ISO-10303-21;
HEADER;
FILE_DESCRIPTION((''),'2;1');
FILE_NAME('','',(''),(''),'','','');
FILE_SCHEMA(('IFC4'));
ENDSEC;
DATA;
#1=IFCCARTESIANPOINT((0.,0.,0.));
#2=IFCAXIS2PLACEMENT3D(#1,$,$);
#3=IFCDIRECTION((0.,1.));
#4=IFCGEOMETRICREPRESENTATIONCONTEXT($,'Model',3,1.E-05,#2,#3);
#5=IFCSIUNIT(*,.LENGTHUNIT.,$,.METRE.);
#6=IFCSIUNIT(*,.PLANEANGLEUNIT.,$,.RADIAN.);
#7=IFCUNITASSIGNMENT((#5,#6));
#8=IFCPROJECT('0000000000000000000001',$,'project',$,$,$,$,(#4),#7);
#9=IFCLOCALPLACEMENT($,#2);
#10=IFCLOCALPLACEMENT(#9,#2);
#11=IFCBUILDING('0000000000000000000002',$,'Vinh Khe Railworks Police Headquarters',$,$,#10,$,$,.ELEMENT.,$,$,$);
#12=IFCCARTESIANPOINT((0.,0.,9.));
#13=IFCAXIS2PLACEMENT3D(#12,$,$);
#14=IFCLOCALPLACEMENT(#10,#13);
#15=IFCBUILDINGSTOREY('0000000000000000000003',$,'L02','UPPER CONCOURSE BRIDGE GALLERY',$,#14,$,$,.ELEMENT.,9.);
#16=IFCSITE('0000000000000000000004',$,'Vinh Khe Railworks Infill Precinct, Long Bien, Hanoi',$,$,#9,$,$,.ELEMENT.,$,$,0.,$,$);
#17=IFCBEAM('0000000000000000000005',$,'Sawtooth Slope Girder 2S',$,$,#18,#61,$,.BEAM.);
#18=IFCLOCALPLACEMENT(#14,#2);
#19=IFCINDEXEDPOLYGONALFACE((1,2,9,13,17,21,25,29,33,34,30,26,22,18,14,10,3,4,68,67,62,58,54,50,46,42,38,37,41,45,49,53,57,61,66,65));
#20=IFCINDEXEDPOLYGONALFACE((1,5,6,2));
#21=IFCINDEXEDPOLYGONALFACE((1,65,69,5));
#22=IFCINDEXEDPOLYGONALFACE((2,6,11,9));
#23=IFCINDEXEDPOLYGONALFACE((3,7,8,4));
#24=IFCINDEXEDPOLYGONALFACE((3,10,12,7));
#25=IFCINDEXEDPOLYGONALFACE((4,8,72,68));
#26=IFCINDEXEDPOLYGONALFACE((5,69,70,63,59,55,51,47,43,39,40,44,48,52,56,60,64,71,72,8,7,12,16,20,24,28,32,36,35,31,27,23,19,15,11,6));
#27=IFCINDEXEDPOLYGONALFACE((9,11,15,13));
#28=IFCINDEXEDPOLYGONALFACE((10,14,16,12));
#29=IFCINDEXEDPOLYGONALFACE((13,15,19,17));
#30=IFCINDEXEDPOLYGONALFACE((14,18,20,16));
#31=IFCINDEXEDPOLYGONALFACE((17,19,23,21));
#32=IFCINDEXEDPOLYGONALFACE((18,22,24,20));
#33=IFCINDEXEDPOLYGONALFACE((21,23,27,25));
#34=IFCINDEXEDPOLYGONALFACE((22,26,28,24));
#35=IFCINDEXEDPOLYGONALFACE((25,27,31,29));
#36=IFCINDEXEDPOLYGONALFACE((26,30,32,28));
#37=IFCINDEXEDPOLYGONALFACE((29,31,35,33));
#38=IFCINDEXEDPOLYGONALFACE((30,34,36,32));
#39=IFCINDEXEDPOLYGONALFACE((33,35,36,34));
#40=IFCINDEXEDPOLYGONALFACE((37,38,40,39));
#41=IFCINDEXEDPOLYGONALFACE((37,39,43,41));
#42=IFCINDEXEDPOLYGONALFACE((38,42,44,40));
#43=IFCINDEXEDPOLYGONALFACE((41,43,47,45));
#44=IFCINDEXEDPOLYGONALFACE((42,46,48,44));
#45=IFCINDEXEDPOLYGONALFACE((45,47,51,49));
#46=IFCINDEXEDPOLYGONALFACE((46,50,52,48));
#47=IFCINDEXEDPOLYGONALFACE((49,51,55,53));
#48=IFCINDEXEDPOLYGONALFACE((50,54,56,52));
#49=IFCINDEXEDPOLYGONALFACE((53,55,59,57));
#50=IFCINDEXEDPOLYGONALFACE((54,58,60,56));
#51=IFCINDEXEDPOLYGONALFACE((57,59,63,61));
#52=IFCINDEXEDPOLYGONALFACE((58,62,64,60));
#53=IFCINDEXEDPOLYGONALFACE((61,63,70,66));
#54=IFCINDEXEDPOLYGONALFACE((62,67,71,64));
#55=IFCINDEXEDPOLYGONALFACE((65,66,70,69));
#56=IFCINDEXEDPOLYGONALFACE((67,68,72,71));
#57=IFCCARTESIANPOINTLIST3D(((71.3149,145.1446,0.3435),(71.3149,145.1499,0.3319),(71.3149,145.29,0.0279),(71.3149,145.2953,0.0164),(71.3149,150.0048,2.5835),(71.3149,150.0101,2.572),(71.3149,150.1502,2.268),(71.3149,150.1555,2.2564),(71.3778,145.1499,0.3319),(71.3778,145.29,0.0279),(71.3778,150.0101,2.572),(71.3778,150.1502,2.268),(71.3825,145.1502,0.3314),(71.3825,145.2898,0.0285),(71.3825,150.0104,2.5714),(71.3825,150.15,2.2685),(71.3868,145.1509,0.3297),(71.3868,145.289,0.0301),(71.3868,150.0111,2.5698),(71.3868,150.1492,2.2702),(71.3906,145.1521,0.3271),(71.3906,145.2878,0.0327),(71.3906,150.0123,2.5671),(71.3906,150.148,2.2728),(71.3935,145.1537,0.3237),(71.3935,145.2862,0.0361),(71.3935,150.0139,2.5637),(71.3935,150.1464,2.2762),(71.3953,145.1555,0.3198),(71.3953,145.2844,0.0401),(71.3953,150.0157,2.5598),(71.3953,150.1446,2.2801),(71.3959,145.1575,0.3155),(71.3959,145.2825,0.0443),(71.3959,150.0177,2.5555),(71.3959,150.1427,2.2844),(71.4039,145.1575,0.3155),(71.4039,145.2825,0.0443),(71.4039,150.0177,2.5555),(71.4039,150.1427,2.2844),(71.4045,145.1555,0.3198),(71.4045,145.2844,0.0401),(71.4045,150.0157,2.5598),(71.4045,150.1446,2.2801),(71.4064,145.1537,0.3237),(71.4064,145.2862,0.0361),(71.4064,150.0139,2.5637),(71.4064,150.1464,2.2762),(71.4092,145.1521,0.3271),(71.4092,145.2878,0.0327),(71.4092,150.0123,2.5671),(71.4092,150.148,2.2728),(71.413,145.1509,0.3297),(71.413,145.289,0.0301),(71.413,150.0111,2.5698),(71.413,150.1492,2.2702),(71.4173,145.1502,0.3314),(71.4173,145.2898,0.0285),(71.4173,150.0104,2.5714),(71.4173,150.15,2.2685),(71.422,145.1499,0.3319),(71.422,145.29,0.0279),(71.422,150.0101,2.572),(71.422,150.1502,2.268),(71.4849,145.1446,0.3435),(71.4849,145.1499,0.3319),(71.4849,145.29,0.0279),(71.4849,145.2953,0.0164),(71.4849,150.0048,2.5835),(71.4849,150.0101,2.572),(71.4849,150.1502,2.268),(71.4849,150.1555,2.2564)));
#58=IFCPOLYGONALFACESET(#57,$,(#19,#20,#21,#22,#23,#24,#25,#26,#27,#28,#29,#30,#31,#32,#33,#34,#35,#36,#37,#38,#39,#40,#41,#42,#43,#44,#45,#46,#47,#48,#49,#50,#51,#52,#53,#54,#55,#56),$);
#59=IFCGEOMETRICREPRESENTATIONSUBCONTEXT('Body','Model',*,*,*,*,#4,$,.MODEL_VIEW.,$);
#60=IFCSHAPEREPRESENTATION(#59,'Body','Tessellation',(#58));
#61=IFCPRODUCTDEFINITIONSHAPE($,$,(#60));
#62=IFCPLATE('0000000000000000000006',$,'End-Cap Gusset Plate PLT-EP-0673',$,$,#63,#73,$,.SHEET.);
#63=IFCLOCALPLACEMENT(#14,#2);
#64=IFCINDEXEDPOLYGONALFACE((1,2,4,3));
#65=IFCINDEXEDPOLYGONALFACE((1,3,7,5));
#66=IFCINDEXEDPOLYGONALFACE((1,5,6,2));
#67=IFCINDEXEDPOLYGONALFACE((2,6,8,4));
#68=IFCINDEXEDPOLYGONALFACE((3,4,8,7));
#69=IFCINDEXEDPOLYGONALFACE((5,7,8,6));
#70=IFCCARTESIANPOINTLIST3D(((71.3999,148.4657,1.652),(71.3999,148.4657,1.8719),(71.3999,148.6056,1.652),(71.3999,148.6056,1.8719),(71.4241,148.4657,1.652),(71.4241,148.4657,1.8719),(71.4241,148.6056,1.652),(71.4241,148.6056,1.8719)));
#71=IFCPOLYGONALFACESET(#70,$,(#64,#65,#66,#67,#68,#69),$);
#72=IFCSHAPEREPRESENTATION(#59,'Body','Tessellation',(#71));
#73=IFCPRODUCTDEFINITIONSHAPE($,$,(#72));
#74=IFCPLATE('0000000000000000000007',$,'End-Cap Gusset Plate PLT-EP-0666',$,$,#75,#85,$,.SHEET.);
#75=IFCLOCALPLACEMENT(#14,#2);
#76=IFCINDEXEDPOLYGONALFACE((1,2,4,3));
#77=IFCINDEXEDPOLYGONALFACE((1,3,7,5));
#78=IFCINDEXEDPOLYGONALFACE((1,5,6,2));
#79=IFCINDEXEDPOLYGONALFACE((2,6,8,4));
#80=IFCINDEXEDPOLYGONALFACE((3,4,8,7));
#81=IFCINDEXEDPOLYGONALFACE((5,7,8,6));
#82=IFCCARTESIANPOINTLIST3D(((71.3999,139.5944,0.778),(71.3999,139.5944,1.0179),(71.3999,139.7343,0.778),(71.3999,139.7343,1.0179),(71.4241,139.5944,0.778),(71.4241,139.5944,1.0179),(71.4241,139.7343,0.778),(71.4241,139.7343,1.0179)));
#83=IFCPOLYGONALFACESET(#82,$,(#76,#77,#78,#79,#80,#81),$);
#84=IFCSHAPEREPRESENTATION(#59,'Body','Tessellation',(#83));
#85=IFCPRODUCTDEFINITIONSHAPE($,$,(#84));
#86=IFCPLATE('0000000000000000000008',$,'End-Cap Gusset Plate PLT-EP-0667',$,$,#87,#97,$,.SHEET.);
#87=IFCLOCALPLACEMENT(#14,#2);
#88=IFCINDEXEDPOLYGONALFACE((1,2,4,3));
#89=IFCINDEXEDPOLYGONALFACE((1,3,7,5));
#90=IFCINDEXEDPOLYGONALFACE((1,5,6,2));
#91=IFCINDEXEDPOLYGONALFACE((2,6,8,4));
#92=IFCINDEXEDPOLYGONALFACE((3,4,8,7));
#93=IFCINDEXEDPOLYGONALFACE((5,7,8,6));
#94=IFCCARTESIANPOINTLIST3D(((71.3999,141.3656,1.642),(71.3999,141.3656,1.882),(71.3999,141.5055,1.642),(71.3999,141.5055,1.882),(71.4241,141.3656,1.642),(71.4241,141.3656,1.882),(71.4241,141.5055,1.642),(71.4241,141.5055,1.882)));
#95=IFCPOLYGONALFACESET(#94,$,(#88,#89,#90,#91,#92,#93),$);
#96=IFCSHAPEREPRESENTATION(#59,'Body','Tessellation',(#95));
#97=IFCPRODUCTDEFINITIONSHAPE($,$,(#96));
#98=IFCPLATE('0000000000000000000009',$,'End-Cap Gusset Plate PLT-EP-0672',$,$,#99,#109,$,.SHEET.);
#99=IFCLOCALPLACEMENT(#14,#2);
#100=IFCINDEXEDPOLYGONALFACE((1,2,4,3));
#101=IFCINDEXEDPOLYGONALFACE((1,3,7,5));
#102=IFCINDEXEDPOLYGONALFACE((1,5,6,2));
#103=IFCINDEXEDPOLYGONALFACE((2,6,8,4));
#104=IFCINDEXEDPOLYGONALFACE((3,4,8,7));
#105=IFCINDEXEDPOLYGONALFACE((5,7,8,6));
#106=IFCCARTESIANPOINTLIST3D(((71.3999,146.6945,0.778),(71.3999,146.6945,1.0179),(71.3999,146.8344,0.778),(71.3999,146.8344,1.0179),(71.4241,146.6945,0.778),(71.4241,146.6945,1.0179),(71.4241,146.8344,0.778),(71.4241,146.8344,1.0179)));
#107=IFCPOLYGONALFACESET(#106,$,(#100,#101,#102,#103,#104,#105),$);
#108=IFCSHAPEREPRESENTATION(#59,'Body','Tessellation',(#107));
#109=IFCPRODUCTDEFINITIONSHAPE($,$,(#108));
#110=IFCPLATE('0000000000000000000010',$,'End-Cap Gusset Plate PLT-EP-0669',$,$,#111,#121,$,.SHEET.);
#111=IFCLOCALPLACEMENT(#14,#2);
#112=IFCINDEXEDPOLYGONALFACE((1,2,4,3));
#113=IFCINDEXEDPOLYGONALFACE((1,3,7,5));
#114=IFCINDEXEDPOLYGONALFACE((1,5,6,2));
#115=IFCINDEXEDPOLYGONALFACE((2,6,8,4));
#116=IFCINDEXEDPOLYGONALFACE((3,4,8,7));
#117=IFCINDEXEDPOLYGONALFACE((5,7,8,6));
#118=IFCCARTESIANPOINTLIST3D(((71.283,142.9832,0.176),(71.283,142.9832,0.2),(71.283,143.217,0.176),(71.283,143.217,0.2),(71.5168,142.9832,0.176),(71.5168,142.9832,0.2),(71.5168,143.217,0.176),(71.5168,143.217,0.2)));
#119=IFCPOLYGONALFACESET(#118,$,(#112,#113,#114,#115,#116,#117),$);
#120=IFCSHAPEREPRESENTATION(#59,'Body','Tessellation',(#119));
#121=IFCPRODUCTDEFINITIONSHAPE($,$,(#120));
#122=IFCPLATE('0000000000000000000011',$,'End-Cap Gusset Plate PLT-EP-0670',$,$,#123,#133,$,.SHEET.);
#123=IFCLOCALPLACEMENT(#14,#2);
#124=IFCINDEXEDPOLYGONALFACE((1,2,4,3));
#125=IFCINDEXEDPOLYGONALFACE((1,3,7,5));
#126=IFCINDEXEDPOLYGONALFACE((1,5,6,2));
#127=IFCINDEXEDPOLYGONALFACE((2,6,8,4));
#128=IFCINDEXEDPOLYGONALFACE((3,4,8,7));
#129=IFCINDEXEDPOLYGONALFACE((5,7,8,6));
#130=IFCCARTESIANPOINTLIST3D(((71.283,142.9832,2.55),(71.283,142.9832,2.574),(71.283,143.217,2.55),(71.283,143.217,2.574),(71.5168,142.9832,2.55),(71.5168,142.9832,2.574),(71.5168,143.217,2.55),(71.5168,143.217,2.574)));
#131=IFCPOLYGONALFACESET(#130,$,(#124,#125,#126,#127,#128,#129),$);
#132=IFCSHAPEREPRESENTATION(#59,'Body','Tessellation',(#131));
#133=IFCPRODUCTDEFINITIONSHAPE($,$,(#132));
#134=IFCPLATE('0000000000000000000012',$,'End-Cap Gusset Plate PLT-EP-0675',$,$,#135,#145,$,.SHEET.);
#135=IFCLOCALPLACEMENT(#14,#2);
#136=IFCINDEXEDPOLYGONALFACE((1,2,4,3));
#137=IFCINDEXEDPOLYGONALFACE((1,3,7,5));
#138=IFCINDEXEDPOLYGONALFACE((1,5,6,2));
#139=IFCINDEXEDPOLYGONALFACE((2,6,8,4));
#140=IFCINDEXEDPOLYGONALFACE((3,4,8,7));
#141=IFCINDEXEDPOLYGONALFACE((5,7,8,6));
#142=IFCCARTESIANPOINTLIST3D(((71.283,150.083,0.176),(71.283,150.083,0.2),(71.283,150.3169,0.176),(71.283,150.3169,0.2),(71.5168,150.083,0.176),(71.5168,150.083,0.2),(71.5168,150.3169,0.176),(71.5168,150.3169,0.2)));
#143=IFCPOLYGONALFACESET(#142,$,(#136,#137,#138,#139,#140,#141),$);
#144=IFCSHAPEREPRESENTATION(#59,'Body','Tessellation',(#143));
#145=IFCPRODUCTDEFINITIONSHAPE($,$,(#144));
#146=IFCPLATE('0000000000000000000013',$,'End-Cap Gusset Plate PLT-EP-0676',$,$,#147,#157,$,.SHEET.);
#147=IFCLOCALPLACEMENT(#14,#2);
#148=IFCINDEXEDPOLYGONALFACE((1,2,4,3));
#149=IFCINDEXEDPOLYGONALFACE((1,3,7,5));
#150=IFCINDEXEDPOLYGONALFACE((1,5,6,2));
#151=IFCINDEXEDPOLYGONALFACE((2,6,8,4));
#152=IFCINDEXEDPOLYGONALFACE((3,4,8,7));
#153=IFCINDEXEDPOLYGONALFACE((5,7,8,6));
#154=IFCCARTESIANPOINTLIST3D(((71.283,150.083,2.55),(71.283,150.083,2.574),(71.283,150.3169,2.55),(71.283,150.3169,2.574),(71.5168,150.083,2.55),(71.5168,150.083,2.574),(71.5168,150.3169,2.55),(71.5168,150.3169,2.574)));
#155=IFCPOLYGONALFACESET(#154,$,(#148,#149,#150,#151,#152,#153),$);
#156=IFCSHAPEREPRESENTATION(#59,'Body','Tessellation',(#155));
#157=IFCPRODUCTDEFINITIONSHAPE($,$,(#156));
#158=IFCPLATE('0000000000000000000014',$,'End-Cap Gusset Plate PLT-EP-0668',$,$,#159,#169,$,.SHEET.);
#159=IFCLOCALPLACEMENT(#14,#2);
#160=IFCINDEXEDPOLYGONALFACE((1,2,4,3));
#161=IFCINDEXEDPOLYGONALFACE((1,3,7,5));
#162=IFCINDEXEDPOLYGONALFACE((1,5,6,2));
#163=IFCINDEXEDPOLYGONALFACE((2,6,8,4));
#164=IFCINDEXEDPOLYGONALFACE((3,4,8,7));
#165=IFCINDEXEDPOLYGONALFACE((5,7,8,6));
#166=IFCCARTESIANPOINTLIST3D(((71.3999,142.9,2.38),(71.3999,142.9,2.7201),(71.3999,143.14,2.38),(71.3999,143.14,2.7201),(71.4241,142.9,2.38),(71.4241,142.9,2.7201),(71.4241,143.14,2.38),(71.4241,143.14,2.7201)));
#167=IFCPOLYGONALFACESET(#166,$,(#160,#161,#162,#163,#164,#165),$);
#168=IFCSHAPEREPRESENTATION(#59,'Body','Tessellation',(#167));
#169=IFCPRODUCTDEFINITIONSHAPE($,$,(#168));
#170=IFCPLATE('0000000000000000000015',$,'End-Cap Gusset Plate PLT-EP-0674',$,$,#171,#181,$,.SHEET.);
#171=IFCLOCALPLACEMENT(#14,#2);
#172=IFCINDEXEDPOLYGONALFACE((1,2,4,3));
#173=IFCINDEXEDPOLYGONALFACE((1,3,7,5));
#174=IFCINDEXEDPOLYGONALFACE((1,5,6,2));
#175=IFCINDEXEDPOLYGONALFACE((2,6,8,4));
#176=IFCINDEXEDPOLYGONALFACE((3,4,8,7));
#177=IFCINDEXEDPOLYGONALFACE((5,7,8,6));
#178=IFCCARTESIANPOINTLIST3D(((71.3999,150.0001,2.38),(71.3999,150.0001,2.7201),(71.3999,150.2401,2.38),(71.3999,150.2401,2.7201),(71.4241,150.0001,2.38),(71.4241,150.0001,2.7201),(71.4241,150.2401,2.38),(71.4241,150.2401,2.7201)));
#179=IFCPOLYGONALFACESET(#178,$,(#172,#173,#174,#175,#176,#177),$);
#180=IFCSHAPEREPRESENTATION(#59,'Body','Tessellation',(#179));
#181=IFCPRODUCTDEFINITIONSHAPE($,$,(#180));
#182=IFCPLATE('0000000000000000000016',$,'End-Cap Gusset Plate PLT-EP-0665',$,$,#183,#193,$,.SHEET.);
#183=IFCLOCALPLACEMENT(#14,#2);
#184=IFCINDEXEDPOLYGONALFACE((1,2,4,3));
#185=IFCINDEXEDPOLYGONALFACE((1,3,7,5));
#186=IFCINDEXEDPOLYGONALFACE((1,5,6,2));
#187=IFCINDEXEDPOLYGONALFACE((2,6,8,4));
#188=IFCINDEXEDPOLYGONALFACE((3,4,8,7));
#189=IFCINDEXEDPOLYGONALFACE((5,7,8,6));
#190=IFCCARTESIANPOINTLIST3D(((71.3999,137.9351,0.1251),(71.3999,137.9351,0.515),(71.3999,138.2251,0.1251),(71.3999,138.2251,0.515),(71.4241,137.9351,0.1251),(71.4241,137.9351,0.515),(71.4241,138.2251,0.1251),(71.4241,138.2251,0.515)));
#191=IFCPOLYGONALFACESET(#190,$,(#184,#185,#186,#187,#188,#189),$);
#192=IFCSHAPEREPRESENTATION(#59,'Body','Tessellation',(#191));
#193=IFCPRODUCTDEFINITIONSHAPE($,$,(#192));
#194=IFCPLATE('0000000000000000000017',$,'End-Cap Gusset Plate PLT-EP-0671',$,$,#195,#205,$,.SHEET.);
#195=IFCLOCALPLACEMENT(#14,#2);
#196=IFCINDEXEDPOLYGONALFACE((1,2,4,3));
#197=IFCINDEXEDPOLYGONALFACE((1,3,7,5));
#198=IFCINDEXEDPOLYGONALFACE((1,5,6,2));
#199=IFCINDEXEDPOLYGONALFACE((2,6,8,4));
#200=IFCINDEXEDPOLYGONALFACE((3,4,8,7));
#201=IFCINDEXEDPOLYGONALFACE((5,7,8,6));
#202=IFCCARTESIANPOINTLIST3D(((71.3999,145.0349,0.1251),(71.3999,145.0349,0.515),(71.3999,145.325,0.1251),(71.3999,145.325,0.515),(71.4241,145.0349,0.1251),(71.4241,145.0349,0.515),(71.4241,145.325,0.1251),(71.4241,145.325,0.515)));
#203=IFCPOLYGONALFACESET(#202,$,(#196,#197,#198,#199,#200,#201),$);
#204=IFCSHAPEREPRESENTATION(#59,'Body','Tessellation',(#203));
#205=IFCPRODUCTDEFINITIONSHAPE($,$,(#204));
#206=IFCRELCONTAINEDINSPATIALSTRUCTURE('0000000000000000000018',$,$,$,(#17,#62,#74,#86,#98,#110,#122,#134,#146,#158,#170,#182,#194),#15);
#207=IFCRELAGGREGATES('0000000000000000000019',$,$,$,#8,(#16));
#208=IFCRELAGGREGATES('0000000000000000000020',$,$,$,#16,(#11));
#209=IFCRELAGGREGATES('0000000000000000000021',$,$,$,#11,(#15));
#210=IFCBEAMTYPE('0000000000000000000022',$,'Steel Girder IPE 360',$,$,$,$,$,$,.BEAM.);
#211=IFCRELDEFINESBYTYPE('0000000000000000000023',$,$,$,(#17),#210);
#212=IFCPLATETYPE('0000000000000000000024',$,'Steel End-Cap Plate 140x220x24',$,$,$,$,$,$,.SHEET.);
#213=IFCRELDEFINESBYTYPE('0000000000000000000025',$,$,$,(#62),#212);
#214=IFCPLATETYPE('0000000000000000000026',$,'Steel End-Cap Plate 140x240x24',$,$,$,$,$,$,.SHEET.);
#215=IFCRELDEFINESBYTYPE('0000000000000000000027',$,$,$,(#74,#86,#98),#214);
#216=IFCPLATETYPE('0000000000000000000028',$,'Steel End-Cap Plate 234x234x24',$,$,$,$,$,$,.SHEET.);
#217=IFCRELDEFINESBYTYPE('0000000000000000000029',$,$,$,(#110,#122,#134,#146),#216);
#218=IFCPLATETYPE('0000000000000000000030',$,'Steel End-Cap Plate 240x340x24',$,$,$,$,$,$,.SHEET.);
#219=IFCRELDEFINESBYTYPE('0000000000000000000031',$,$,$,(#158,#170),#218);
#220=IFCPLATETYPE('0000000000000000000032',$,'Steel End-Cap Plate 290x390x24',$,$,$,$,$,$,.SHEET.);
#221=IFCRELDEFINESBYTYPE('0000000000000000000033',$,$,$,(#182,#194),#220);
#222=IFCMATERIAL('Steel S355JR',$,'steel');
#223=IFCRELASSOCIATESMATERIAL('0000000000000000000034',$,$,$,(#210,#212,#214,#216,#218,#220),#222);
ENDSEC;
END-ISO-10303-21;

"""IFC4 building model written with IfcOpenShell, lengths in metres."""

from ifc_helpers import new_model, si_unit, direction, frame, origin, origin_2d, place, context, subcontext, project, spatial, rectangle, i_section, extrude, material, material_profile, profile_set, type_object, element, save


model = new_model("IFC4")

# Units and contexts
model_context = context("Model", 3, precision=1e-05, world=origin(), true_north=direction((0.0, 1.0)))
body_context = subcontext(model_context, "Body", "Model", "MODEL_VIEW")
ifc_project = project(units=[si_unit("LENGTHUNIT", "METRE"), si_unit("PLANEANGLEUNIT", "RADIAN")], contexts=[model_context])

# Site, building, storey
site_placement = place(None, origin())
site = spatial("IfcSite", under=ifc_project, at=site_placement, Name="Vinh Khe Railworks Infill Precinct, Long Bien, Hanoi", CompositionType="ELEMENT", RefElevation=0.0)
building_placement = place(site_placement, origin())
building = spatial("IfcBuilding", under=site, at=building_placement, Name="Vinh Khe Railworks Police Headquarters", CompositionType="ELEMENT")
storey_placement = place(building_placement, frame((0.0, 0.0, 9.0)))
storey = spatial("IfcBuildingStorey", under=building, at=storey_placement, Name="L02", Description="UPPER CONCOURSE BRIDGE GALLERY", CompositionType="ELEMENT", Elevation=9.0)

# Shared definitions
ifc_material = material(Name="Steel S355JR", Category="steel")

# Beam
ifc_material_profile_1 = material_profile(ifc_material, i_section(OverallWidth=0.1699, OverallDepth=0.3601, WebThickness=0.0081, FlangeThickness=0.0127, FilletRadius=0.0181, at=origin_2d()), Name="IPE 360")
ifc_profile_set_1 = profile_set([ifc_material_profile_1], Name="Steel S355JR")
beam_type_1 = type_object("IfcBeamType", Name="Steel Girder IPE 360", PredefinedType="BEAM", material=ifc_profile_set_1)
beam_1_placement = place(storey_placement, frame((71.3999, 145.22, 0.1799), z_axis=(0.0, 0.908182, 0.418575), x_axis=(-1.0, 0.0, 0.0)))
element("IfcBeam", 1, at=beam_1_placement, inside=storey, type_object=beam_type_1, Name="Sawtooth Slope Girder 2S", PredefinedType="BEAM", context=body_context, shape_type="SweptSolid", body=[
    extrude(i_section(OverallWidth=0.1699, OverallDepth=0.3601, WebThickness=0.0081, FlangeThickness=0.0127, FilletRadius=0.0181, at=origin_2d()), origin(), (0.0, 0.0, 1.0), 5.3516),
])

# Plates
ifc_material_profile_2 = material_profile(ifc_material, rectangle(XDim=0.1399, YDim=0.22, at=origin_2d()), Name="PL 140x220")
ifc_profile_set_2 = profile_set([ifc_material_profile_2], Name="Steel S355JR")
plate_type_1 = type_object("IfcPlateType", Name="Steel End-Cap Plate 140x220x24", PredefinedType="SHEET", material=ifc_profile_set_2)
plate_placement = place(storey_placement, frame((71.3999, 148.5356, 1.762), z_axis=(1.0, 0.0, 0.0), x_axis=(0.0, 1.0, 0.0)))
element("IfcPlate", 2, at=plate_placement, inside=storey, type_object=plate_type_1, Name="End-Cap Gusset Plate PLT-EP-0673", PredefinedType="SHEET", context=body_context, shape_type="SweptSolid", body=[
    extrude(rectangle(XDim=0.1399, YDim=0.22, at=origin_2d()), origin(), (0.0, 0.0, 1.0), 0.0242),
])
ifc_material_profile_3 = material_profile(ifc_material, rectangle(XDim=0.1399, YDim=0.24, at=origin_2d()), Name="PL 140x240")
ifc_profile_set_3 = profile_set([ifc_material_profile_3], Name="Steel S355JR")
plate_type_2 = type_object("IfcPlateType", Name="Steel End-Cap Plate 140x240x24", PredefinedType="SHEET", material=ifc_profile_set_3)
for number, where, z_axis, x_axis, name in (
    (3, (71.3999, 139.6643, 0.8979), (1.0, 0.0, 0.0), (0.0, 1.0, 0.0), "End-Cap Gusset Plate PLT-EP-0666"),
    (4, (71.3999, 141.4355, 1.762), (1.0, 0.0, 0.0), (0.0, 1.0, 0.0), "End-Cap Gusset Plate PLT-EP-0667"),
    (5, (71.3999, 146.7644, 0.8979), (1.0, 0.0, 0.0), (0.0, 1.0, 0.0), "End-Cap Gusset Plate PLT-EP-0672"),
):
    element("IfcPlate", number, at=place(storey_placement, frame(where, z_axis=z_axis, x_axis=x_axis)), inside=storey, type_object=plate_type_2, Name=name, PredefinedType="SHEET", context=body_context, shape_type="SweptSolid", body=[
        extrude(rectangle(XDim=0.1399, YDim=0.24, at=origin_2d()), origin(), (0.0, 0.0, 1.0), 0.0242),
    ])
ifc_material_profile_4 = material_profile(ifc_material, rectangle(XDim=0.2339, YDim=0.2339, at=origin_2d()), Name="PL 234x234")
ifc_profile_set_4 = profile_set([ifc_material_profile_4], Name="Steel S355JR")
plate_type_3 = type_object("IfcPlateType", Name="Steel End-Cap Plate 234x234x24", PredefinedType="SHEET", material=ifc_profile_set_4)
for number, where, z_axis, x_axis, name in (
    (6, (71.3999, 143.1001, 0.2), (0.0, 0.0, -1.0), (1.0, 0.0, 0.0), "End-Cap Gusset Plate PLT-EP-0669"),
    (7, (71.3999, 143.1001, 2.55), (0.0, 0.0, 1.0), (1.0, 0.0, 0.0), "End-Cap Gusset Plate PLT-EP-0670"),
    (8, (71.3999, 150.2, 0.2), (0.0, 0.0, -1.0), (1.0, 0.0, 0.0), "End-Cap Gusset Plate PLT-EP-0675"),
    (9, (71.3999, 150.2, 2.55), (0.0, 0.0, 1.0), (1.0, 0.0, 0.0), "End-Cap Gusset Plate PLT-EP-0676"),
):
    element("IfcPlate", number, at=place(storey_placement, frame(where, z_axis=z_axis, x_axis=x_axis)), inside=storey, type_object=plate_type_3, Name=name, PredefinedType="SHEET", context=body_context, shape_type="SweptSolid", body=[
        extrude(rectangle(XDim=0.2339, YDim=0.2339, at=origin_2d()), origin(), (0.0, 0.0, 1.0), 0.0239),
    ])
ifc_material_profile_5 = material_profile(ifc_material, rectangle(XDim=0.24, YDim=0.3401, at=origin_2d()), Name="PL 240x340")
ifc_profile_set_5 = profile_set([ifc_material_profile_5], Name="Steel S355JR")
plate_type_4 = type_object("IfcPlateType", Name="Steel End-Cap Plate 240x340x24", PredefinedType="SHEET", material=ifc_profile_set_5)
for number, where, z_axis, x_axis, name in (
    (10, (71.3999, 143.02, 2.55), (1.0, 0.0, 0.0), (0.0, 1.0, 0.0), "End-Cap Gusset Plate PLT-EP-0668"),
    (11, (71.3999, 150.1201, 2.55), (1.0, 0.0, 0.0), (0.0, 1.0, 0.0), "End-Cap Gusset Plate PLT-EP-0674"),
):
    element("IfcPlate", number, at=place(storey_placement, frame(where, z_axis=z_axis, x_axis=x_axis)), inside=storey, type_object=plate_type_4, Name=name, PredefinedType="SHEET", context=body_context, shape_type="SweptSolid", body=[
        extrude(rectangle(XDim=0.24, YDim=0.3401, at=origin_2d()), origin(), (0.0, 0.0, 1.0), 0.0242),
    ])
ifc_material_profile_6 = material_profile(ifc_material, rectangle(XDim=0.29, YDim=0.3899, at=origin_2d()), Name="PL 290x390")
ifc_profile_set_6 = profile_set([ifc_material_profile_6], Name="Steel S355JR")
plate_type_5 = type_object("IfcPlateType", Name="Steel End-Cap Plate 290x390x24", PredefinedType="SHEET", material=ifc_profile_set_6)
for number, where, z_axis, x_axis, name in (
    (12, (71.3999, 138.0801, 0.3201), (1.0, 0.0, 0.0), (0.0, 1.0, 0.0), "End-Cap Gusset Plate PLT-EP-0665"),
    (13, (71.3999, 145.1799, 0.3201), (1.0, 0.0, 0.0), (0.0, 1.0, 0.0), "End-Cap Gusset Plate PLT-EP-0671"),
):
    element("IfcPlate", number, at=place(storey_placement, frame(where, z_axis=z_axis, x_axis=x_axis)), inside=storey, type_object=plate_type_5, Name=name, PredefinedType="SHEET", context=body_context, shape_type="SweptSolid", body=[
        extrude(rectangle(XDim=0.29, YDim=0.3899, at=origin_2d()), origin(), (0.0, 0.0, 1.0), 0.0242),
    ])

save(model, "model.ifc")
